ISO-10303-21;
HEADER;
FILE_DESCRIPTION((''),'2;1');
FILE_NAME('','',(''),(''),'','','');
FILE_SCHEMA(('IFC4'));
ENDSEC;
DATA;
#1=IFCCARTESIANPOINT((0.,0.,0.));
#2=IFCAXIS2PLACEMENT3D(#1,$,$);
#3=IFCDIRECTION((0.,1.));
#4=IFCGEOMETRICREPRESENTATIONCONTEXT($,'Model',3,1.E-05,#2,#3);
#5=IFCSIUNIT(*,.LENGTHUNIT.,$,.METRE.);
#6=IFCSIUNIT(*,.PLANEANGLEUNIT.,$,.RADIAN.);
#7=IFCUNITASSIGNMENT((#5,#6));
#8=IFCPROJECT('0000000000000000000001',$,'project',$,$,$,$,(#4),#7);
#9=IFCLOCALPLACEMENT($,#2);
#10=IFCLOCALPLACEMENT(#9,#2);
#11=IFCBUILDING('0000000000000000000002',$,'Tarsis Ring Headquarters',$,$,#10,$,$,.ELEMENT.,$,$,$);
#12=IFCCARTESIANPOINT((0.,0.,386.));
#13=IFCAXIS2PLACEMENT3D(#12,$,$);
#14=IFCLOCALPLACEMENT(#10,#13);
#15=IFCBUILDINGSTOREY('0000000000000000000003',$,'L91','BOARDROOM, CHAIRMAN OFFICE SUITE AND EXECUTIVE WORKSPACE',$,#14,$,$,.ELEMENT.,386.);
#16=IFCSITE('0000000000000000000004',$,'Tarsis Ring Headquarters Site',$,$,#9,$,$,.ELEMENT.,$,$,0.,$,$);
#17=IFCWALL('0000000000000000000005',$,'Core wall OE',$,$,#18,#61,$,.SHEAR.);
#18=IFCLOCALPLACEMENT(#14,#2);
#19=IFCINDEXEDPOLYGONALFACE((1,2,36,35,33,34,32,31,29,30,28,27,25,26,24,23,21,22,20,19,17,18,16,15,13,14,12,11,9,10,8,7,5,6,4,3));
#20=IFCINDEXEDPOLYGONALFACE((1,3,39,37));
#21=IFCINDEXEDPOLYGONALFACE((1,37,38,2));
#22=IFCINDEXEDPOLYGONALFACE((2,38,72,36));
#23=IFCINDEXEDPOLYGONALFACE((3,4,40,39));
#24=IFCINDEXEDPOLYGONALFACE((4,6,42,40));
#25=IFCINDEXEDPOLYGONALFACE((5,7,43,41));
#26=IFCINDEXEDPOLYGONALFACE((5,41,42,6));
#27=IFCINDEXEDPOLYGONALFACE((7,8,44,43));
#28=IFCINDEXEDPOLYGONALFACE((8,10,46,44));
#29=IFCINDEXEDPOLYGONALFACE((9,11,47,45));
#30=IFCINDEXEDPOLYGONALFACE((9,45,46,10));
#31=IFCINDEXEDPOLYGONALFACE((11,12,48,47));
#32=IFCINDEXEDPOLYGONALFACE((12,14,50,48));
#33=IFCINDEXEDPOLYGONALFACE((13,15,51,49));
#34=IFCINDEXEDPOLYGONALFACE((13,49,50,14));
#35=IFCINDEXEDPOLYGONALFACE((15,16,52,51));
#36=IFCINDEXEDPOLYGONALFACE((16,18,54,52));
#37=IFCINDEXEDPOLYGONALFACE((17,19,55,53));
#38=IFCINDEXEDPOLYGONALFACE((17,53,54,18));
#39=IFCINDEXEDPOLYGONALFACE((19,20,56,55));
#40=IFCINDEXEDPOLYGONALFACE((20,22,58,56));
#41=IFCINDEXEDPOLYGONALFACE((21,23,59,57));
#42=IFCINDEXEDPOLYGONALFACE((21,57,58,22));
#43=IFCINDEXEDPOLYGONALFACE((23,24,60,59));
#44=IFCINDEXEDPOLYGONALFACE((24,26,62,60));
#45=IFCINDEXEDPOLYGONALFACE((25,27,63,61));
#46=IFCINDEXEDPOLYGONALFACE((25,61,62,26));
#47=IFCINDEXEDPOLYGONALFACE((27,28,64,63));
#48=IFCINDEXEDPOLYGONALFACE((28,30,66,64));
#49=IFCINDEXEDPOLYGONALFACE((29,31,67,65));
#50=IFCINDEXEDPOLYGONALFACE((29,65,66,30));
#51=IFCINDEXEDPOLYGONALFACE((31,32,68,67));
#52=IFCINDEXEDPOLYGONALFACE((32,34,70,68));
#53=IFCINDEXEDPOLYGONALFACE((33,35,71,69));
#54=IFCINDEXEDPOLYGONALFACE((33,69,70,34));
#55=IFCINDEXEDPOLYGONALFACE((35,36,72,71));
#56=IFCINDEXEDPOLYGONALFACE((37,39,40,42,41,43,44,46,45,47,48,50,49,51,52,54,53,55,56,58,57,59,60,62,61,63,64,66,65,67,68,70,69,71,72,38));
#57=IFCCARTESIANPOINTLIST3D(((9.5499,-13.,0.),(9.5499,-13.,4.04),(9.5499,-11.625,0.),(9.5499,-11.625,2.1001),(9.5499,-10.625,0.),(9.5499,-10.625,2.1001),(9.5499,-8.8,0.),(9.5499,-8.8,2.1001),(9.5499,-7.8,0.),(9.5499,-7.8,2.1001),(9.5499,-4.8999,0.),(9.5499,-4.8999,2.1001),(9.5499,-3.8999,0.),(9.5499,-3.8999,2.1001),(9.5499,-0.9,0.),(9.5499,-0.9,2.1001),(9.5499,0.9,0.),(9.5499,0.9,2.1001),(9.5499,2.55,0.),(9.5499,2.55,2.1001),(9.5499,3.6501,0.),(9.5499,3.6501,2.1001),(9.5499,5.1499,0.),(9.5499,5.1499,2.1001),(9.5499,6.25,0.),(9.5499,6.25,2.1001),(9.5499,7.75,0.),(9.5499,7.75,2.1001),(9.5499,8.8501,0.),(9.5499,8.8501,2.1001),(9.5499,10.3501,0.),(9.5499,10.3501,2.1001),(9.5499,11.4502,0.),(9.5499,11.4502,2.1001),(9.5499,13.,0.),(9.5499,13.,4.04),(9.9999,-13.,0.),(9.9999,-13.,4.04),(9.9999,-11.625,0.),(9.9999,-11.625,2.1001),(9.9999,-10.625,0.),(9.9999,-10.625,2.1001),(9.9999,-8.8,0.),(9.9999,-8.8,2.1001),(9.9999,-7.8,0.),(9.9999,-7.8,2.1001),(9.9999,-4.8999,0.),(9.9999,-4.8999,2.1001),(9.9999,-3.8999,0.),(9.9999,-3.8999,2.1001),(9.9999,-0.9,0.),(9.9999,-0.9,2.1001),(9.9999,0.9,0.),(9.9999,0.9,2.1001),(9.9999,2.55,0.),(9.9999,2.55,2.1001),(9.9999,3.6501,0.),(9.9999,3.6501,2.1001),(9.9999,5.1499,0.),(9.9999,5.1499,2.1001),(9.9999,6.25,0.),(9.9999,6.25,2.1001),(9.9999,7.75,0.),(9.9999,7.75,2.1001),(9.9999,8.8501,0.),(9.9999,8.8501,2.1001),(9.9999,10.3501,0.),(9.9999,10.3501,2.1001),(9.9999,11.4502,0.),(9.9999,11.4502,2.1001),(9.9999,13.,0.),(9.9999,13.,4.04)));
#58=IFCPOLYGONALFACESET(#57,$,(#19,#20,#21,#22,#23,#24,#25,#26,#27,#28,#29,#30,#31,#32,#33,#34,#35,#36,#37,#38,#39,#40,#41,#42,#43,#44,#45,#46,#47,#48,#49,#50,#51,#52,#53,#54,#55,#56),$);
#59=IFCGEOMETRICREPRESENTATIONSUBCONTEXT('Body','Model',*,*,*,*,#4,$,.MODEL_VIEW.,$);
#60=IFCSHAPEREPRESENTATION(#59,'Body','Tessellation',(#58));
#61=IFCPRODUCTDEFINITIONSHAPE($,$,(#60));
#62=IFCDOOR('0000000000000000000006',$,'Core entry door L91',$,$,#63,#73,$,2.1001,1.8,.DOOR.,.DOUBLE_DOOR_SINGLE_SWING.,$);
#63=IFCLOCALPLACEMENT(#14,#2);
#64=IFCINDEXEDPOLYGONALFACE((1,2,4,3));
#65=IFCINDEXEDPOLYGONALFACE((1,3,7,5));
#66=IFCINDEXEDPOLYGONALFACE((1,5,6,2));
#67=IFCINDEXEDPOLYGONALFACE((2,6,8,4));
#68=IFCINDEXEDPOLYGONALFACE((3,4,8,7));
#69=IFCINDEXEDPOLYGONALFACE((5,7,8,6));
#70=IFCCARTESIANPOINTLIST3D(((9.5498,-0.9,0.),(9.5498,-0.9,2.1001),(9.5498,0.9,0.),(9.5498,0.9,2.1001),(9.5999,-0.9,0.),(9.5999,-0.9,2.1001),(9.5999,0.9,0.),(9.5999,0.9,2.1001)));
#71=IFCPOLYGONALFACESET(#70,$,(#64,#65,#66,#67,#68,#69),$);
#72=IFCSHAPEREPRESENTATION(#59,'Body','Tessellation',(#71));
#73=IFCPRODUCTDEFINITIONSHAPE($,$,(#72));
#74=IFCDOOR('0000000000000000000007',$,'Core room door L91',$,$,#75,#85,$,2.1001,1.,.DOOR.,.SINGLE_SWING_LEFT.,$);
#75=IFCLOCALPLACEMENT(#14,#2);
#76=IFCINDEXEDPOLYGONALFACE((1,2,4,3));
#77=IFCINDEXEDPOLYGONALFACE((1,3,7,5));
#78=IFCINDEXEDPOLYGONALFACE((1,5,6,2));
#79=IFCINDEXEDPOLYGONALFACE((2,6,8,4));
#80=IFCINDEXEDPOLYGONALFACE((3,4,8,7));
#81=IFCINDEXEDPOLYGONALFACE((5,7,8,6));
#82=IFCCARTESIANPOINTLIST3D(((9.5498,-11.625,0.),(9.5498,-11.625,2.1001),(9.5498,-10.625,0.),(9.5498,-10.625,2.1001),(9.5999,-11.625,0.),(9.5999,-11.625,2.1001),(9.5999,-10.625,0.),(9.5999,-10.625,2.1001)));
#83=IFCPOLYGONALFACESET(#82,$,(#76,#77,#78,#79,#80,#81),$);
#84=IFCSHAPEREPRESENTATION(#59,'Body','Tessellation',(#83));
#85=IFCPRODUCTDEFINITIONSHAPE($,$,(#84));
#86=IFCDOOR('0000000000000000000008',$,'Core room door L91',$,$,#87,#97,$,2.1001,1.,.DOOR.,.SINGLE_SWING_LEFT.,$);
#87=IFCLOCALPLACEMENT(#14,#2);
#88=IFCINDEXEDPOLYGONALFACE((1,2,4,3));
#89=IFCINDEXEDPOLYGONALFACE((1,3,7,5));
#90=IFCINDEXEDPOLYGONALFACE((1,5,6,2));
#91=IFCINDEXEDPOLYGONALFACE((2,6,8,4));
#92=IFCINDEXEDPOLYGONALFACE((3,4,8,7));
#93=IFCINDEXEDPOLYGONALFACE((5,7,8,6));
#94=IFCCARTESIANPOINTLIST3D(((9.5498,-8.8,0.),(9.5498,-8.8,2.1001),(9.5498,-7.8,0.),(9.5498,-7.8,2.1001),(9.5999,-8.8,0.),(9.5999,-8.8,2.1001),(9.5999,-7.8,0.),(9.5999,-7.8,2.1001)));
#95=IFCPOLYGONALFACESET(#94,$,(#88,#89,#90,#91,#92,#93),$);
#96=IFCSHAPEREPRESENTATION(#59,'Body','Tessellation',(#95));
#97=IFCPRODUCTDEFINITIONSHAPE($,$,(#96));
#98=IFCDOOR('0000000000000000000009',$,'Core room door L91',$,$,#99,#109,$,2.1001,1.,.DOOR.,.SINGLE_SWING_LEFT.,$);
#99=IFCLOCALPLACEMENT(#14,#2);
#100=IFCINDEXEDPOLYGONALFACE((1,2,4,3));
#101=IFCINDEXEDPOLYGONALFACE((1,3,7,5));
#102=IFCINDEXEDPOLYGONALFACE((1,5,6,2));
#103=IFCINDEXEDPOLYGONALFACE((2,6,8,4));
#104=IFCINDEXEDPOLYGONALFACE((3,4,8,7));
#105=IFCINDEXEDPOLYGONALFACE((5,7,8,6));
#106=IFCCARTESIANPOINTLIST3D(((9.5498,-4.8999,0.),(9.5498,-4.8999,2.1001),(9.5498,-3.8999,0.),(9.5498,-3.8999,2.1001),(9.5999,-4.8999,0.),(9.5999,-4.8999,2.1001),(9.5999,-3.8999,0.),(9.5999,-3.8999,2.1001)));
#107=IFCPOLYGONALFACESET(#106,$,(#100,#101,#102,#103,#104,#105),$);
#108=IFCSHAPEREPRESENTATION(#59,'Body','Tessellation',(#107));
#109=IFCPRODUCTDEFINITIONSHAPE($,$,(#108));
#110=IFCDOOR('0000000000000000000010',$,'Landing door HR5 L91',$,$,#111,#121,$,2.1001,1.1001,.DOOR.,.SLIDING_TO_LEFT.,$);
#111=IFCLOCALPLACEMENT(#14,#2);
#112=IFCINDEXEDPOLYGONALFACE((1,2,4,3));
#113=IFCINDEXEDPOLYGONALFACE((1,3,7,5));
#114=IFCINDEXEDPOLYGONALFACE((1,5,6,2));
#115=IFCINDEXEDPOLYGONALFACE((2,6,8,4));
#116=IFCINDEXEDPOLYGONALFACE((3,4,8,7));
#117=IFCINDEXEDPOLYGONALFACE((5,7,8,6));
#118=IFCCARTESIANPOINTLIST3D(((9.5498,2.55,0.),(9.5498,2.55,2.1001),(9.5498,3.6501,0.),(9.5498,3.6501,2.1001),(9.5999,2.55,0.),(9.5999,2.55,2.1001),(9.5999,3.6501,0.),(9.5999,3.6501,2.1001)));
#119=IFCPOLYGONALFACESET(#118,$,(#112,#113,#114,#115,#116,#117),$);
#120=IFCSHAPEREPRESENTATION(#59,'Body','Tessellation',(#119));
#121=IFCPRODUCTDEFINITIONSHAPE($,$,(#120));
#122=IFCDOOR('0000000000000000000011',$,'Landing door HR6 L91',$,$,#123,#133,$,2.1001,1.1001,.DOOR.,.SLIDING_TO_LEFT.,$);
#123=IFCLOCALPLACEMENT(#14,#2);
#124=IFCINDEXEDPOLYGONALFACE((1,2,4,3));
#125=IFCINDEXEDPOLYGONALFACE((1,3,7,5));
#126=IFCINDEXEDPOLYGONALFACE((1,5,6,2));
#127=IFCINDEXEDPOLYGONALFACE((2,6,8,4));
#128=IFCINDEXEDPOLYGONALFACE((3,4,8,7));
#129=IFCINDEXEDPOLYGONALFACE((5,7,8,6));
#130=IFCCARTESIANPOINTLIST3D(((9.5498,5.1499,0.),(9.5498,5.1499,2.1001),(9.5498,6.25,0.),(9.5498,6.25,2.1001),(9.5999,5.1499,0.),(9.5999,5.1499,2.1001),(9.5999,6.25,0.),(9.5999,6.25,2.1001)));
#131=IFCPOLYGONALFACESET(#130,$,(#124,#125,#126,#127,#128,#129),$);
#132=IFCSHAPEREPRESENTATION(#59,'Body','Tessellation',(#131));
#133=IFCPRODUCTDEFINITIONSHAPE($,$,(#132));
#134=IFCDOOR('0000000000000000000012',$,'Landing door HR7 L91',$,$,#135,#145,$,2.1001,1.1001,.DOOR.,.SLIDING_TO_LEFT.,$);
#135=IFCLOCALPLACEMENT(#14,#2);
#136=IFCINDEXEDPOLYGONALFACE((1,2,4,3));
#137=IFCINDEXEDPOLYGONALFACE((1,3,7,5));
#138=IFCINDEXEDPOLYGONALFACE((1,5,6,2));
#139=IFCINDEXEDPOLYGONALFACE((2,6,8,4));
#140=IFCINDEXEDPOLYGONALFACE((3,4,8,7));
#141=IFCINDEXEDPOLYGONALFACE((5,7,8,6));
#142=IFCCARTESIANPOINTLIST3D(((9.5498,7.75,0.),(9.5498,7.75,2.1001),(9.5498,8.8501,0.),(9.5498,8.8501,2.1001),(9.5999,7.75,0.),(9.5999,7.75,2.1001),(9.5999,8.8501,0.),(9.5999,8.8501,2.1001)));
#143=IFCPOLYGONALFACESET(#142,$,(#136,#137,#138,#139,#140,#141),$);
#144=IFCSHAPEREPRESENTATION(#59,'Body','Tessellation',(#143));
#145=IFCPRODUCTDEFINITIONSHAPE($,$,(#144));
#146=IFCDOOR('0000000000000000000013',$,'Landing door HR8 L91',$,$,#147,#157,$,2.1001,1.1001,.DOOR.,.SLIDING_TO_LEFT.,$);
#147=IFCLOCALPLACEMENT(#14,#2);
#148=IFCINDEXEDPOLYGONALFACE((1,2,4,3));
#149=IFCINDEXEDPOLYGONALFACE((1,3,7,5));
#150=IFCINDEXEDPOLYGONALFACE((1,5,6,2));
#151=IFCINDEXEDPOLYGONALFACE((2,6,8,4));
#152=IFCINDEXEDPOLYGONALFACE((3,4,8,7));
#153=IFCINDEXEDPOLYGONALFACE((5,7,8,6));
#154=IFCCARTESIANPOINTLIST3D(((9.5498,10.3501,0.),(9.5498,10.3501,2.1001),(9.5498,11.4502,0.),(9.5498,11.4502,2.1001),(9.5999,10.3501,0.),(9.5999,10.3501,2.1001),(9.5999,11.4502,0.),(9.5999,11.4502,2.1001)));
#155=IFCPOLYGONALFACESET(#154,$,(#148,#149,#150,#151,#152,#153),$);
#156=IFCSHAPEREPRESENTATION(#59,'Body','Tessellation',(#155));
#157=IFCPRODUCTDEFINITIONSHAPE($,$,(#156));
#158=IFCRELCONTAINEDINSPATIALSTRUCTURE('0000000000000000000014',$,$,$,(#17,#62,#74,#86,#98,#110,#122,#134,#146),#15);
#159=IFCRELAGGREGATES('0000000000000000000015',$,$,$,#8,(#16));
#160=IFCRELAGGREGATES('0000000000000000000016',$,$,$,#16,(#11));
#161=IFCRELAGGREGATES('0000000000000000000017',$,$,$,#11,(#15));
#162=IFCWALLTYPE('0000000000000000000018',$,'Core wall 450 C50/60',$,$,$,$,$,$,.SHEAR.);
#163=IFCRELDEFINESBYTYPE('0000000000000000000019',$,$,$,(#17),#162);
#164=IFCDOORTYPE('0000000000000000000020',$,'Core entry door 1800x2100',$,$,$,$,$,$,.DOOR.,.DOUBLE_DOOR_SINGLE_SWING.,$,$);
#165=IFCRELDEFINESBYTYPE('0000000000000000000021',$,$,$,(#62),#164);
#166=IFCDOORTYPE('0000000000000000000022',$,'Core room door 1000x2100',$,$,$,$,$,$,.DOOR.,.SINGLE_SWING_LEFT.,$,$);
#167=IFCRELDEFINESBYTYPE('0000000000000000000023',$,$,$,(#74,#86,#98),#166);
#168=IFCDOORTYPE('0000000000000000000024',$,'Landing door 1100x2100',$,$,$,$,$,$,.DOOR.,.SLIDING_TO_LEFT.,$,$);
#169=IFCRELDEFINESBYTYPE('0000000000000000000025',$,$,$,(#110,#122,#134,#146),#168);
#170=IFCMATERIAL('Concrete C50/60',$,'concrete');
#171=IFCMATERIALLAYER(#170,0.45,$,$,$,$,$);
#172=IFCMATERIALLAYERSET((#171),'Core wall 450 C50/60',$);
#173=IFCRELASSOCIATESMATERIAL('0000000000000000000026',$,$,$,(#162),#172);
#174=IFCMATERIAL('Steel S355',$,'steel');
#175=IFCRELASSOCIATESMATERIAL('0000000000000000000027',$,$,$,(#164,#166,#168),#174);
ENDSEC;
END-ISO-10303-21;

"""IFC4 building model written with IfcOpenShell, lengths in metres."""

from ifc_helpers import new_model, si_unit, direction, frame, frame_2d, origin, place, context, subcontext, project, spatial, rectangle, extrude, material, layer, layer_set, type_object, element, fill, save


model = new_model("IFC4")

# Units and contexts
model_context = context("Model", 3, precision=1e-05, world=origin(), true_north=direction((0.0, 1.0)))
body_context = subcontext(model_context, "Body", "Model", "MODEL_VIEW")
ifc_project = project(units=[si_unit("LENGTHUNIT", "METRE"), si_unit("PLANEANGLEUNIT", "RADIAN")], contexts=[model_context])

# Site, building, storey
site_placement = place(None, origin())
site = spatial("IfcSite", under=ifc_project, at=site_placement, Name="Tarsis Ring Headquarters Site", CompositionType="ELEMENT", RefElevation=0.0)
building_placement = place(site_placement, origin())
building = spatial("IfcBuilding", under=site, at=building_placement, Name="Tarsis Ring Headquarters", CompositionType="ELEMENT")
storey_placement = place(building_placement, frame((0.0, 0.0, 386.0)))
storey = spatial("IfcBuildingStorey", under=building, at=storey_placement, Name="L91", Description="BOARDROOM, CHAIRMAN OFFICE SUITE AND EXECUTIVE WORKSPACE", CompositionType="ELEMENT", Elevation=386.0)

# Wall, openings, doors
ifc_material_1 = material(Name="Concrete C50/60", Category="concrete")
ifc_layer_1 = layer(ifc_material_1, 0.45)
ifc_layer_set_1 = layer_set([ifc_layer_1], Name="Core wall 450 C50/60")
wall_type_1 = type_object("IfcWallType", Name="Core wall 450 C50/60", PredefinedType="SHEAR", material=ifc_layer_set_1)
wall_1_placement = place(storey_placement, frame((9.7749, -13.0, 0.0), z_axis=(0.0, 0.0, 1.0), x_axis=(0.0, 1.0, 0.0)))
wall_1 = element("IfcWall", 1, at=wall_1_placement, inside=storey, type_object=wall_type_1, Name="Core wall OE", PredefinedType="SHEAR", context=body_context, shape_type="SweptSolid", body=[
    extrude(rectangle(XDim=26.0, YDim=0.45, at=frame_2d((13.0, 0.0))), origin(), (0.0, 0.0, 1.0), 4.04),
])
opening_1_placement = place(wall_1_placement, frame((1.375, 0.0, 0.0)))
opening_1 = element("IfcOpeningElement", 2, at=opening_1_placement, cuts=wall_1, PredefinedType="OPENING", context=body_context, shape_type="SweptSolid", body=[
    extrude(rectangle(XDim=1.0, YDim=2.1001, at=frame_2d((0.5, 1.05))), frame((0.0, 0.2349, 0.0), z_axis=(0.0, -1.0, 0.0), x_axis=(1.0, 0.0, 0.0)), (0.0, 0.0, 1.0), 0.47),
])
opening_2_placement = place(wall_1_placement, frame((4.2, 0.0, 0.0)))
opening_2 = element("IfcOpeningElement", 3, at=opening_2_placement, cuts=wall_1, PredefinedType="OPENING", context=body_context, shape_type="SweptSolid", body=[
    extrude(rectangle(XDim=1.0, YDim=2.1001, at=frame_2d((0.5, 1.05))), frame((0.0, 0.2349, 0.0), z_axis=(0.0, -1.0, 0.0), x_axis=(1.0, 0.0, 0.0)), (0.0, 0.0, 1.0), 0.47),
])
opening_3_placement = place(wall_1_placement, frame((8.1001, 0.0, 0.0)))
opening_3 = element("IfcOpeningElement", 4, at=opening_3_placement, cuts=wall_1, PredefinedType="OPENING", context=body_context, shape_type="SweptSolid", body=[
    extrude(rectangle(XDim=1.0, YDim=2.1001, at=frame_2d((0.5, 1.05))), frame((0.0, 0.2349, 0.0), z_axis=(0.0, -1.0, 0.0), x_axis=(1.0, 0.0, 0.0)), (0.0, 0.0, 1.0), 0.47),
])
opening_4_placement = place(wall_1_placement, frame((12.1001, 0.0, 0.0)))
opening_4 = element("IfcOpeningElement", 5, at=opening_4_placement, cuts=wall_1, PredefinedType="OPENING", context=body_context, shape_type="SweptSolid", body=[
    extrude(rectangle(XDim=1.8, YDim=2.1001, at=frame_2d((0.8999, 1.05))), frame((0.0, 0.2349, 0.0), z_axis=(0.0, -1.0, 0.0), x_axis=(1.0, 0.0, 0.0)), (0.0, 0.0, 1.0), 0.47),
])
opening_5_placement = place(wall_1_placement, frame((15.55, 0.0, 0.0)))
opening_5 = element("IfcOpeningElement", 6, at=opening_5_placement, cuts=wall_1, PredefinedType="OPENING", context=body_context, shape_type="SweptSolid", body=[
    extrude(rectangle(XDim=1.1001, YDim=2.1001, at=frame_2d((0.55, 1.05))), frame((0.0, 0.2349, 0.0), z_axis=(0.0, -1.0, 0.0), x_axis=(1.0, 0.0, 0.0)), (0.0, 0.0, 1.0), 0.47),
])
opening_6_placement = place(wall_1_placement, frame((18.1499, 0.0, 0.0)))
opening_6 = element("IfcOpeningElement", 7, at=opening_6_placement, cuts=wall_1, PredefinedType="OPENING", context=body_context, shape_type="SweptSolid", body=[
    extrude(rectangle(XDim=1.1001, YDim=2.1001, at=frame_2d((0.55, 1.05))), frame((0.0, 0.2349, 0.0), z_axis=(0.0, -1.0, 0.0), x_axis=(1.0, 0.0, 0.0)), (0.0, 0.0, 1.0), 0.47),
])
opening_7_placement = place(wall_1_placement, frame((20.75, 0.0, 0.0)))
opening_7 = element("IfcOpeningElement", 8, at=opening_7_placement, cuts=wall_1, PredefinedType="OPENING", context=body_context, shape_type="SweptSolid", body=[
    extrude(rectangle(XDim=1.1001, YDim=2.1001, at=frame_2d((0.55, 1.05))), frame((0.0, 0.2349, 0.0), z_axis=(0.0, -1.0, 0.0), x_axis=(1.0, 0.0, 0.0)), (0.0, 0.0, 1.0), 0.47),
])
opening_8_placement = place(wall_1_placement, frame((23.3501, 0.0, 0.0)))
opening_8 = element("IfcOpeningElement", 9, at=opening_8_placement, cuts=wall_1, PredefinedType="OPENING", context=body_context, shape_type="SweptSolid", body=[
    extrude(rectangle(XDim=1.1001, YDim=2.1001, at=frame_2d((0.55, 1.05))), frame((0.0, 0.2349, 0.0), z_axis=(0.0, -1.0, 0.0), x_axis=(1.0, 0.0, 0.0)), (0.0, 0.0, 1.0), 0.47),
])
ifc_material_2 = material(Name="Steel S355", Category="steel")
door_type_1 = type_object("IfcDoorType", Name="Core entry door 1800x2100", OperationType="DOUBLE_DOOR_SINGLE_SWING", PredefinedType="DOOR", material=ifc_material_2)
door_1_placement = place(opening_4_placement, origin())
door_1 = element("IfcDoor", 10, at=door_1_placement, inside=storey, type_object=door_type_1, Name="Core entry door L91", OperationType="DOUBLE_DOOR_SINGLE_SWING", OverallHeight=2.1001, OverallWidth=1.8, PredefinedType="DOOR", context=body_context, shape_type="SweptSolid", body=[
    extrude(rectangle(XDim=1.8, YDim=2.1001, at=frame_2d((0.8999, 1.05))), frame((0.0, 0.2251, 0.0), z_axis=(0.0, -1.0, 0.0), x_axis=(1.0, 0.0, 0.0)), (0.0, 0.0, 1.0), 0.05),
])
fill(opening_4, door_1)
door_type_2 = type_object("IfcDoorType", Name="Core room door 1000x2100", OperationType="SINGLE_SWING_LEFT", PredefinedType="DOOR", material=ifc_material_2)
door_2_placement = place(opening_1_placement, origin())
door_2 = element("IfcDoor", 11, at=door_2_placement, inside=storey, type_object=door_type_2, Name="Core room door L91", OperationType="SINGLE_SWING_LEFT", OverallHeight=2.1001, OverallWidth=1.0, PredefinedType="DOOR", context=body_context, shape_type="SweptSolid", body=[
    extrude(rectangle(XDim=1.0, YDim=2.1001, at=frame_2d((0.5, 1.05))), frame((0.0, 0.2251, 0.0), z_axis=(0.0, -1.0, 0.0), x_axis=(1.0, 0.0, 0.0)), (0.0, 0.0, 1.0), 0.05),
])
fill(opening_1, door_2)
door_3_placement = place(opening_2_placement, origin())
door_3 = element("IfcDoor", 12, at=door_3_placement, inside=storey, type_object=door_type_2, Name="Core room door L91", OperationType="SINGLE_SWING_LEFT", OverallHeight=2.1001, OverallWidth=1.0, PredefinedType="DOOR", context=body_context, shape_type="SweptSolid", body=[
    extrude(rectangle(XDim=1.0, YDim=2.1001, at=frame_2d((0.5, 1.05))), frame((0.0, 0.2251, 0.0), z_axis=(0.0, -1.0, 0.0), x_axis=(1.0, 0.0, 0.0)), (0.0, 0.0, 1.0), 0.05),
])
fill(opening_2, door_3)
door_4_placement = place(opening_3_placement, origin())
door_4 = element("IfcDoor", 13, at=door_4_placement, inside=storey, type_object=door_type_2, Name="Core room door L91", OperationType="SINGLE_SWING_LEFT", OverallHeight=2.1001, OverallWidth=1.0, PredefinedType="DOOR", context=body_context, shape_type="SweptSolid", body=[
    extrude(rectangle(XDim=1.0, YDim=2.1001, at=frame_2d((0.5, 1.05))), frame((0.0, 0.2251, 0.0), z_axis=(0.0, -1.0, 0.0), x_axis=(1.0, 0.0, 0.0)), (0.0, 0.0, 1.0), 0.05),
])
fill(opening_3, door_4)
door_type_3 = type_object("IfcDoorType", Name="Landing door 1100x2100", OperationType="SLIDING_TO_LEFT", PredefinedType="DOOR", material=ifc_material_2)
door_5_placement = place(opening_5_placement, origin())
door_5 = element("IfcDoor", 14, at=door_5_placement, inside=storey, type_object=door_type_3, Name="Landing door HR5 L91", OperationType="SLIDING_TO_LEFT", OverallHeight=2.1001, OverallWidth=1.1001, PredefinedType="DOOR", context=body_context, shape_type="SweptSolid", body=[
    extrude(rectangle(XDim=1.1001, YDim=2.1001, at=frame_2d((0.55, 1.05))), frame((0.0, 0.2251, 0.0), z_axis=(0.0, -1.0, 0.0), x_axis=(1.0, 0.0, 0.0)), (0.0, 0.0, 1.0), 0.05),
])
fill(opening_5, door_5)
door_6_placement = place(opening_6_placement, origin())
door_6 = element("IfcDoor", 15, at=door_6_placement, inside=storey, type_object=door_type_3, Name="Landing door HR6 L91", OperationType="SLIDING_TO_LEFT", OverallHeight=2.1001, OverallWidth=1.1001, PredefinedType="DOOR", context=body_context, shape_type="SweptSolid", body=[
    extrude(rectangle(XDim=1.1001, YDim=2.1001, at=frame_2d((0.55, 1.05))), frame((0.0, 0.2251, 0.0), z_axis=(0.0, -1.0, 0.0), x_axis=(1.0, 0.0, 0.0)), (0.0, 0.0, 1.0), 0.05),
])
fill(opening_6, door_6)
door_7_placement = place(opening_7_placement, origin())
door_7 = element("IfcDoor", 16, at=door_7_placement, inside=storey, type_object=door_type_3, Name="Landing door HR7 L91", OperationType="SLIDING_TO_LEFT", OverallHeight=2.1001, OverallWidth=1.1001, PredefinedType="DOOR", context=body_context, shape_type="SweptSolid", body=[
    extrude(rectangle(XDim=1.1001, YDim=2.1001, at=frame_2d((0.55, 1.05))), frame((0.0, 0.2251, 0.0), z_axis=(0.0, -1.0, 0.0), x_axis=(1.0, 0.0, 0.0)), (0.0, 0.0, 1.0), 0.05),
])
fill(opening_7, door_7)
door_8_placement = place(opening_8_placement, origin())
door_8 = element("IfcDoor", 17, at=door_8_placement, inside=storey, type_object=door_type_3, Name="Landing door HR8 L91", OperationType="SLIDING_TO_LEFT", OverallHeight=2.1001, OverallWidth=1.1001, PredefinedType="DOOR", context=body_context, shape_type="SweptSolid", body=[
    extrude(rectangle(XDim=1.1001, YDim=2.1001, at=frame_2d((0.55, 1.05))), frame((0.0, 0.2251, 0.0), z_axis=(0.0, -1.0, 0.0), x_axis=(1.0, 0.0, 0.0)), (0.0, 0.0, 1.0), 0.05),
])
fill(opening_8, door_8)

save(model, "model.ifc")
